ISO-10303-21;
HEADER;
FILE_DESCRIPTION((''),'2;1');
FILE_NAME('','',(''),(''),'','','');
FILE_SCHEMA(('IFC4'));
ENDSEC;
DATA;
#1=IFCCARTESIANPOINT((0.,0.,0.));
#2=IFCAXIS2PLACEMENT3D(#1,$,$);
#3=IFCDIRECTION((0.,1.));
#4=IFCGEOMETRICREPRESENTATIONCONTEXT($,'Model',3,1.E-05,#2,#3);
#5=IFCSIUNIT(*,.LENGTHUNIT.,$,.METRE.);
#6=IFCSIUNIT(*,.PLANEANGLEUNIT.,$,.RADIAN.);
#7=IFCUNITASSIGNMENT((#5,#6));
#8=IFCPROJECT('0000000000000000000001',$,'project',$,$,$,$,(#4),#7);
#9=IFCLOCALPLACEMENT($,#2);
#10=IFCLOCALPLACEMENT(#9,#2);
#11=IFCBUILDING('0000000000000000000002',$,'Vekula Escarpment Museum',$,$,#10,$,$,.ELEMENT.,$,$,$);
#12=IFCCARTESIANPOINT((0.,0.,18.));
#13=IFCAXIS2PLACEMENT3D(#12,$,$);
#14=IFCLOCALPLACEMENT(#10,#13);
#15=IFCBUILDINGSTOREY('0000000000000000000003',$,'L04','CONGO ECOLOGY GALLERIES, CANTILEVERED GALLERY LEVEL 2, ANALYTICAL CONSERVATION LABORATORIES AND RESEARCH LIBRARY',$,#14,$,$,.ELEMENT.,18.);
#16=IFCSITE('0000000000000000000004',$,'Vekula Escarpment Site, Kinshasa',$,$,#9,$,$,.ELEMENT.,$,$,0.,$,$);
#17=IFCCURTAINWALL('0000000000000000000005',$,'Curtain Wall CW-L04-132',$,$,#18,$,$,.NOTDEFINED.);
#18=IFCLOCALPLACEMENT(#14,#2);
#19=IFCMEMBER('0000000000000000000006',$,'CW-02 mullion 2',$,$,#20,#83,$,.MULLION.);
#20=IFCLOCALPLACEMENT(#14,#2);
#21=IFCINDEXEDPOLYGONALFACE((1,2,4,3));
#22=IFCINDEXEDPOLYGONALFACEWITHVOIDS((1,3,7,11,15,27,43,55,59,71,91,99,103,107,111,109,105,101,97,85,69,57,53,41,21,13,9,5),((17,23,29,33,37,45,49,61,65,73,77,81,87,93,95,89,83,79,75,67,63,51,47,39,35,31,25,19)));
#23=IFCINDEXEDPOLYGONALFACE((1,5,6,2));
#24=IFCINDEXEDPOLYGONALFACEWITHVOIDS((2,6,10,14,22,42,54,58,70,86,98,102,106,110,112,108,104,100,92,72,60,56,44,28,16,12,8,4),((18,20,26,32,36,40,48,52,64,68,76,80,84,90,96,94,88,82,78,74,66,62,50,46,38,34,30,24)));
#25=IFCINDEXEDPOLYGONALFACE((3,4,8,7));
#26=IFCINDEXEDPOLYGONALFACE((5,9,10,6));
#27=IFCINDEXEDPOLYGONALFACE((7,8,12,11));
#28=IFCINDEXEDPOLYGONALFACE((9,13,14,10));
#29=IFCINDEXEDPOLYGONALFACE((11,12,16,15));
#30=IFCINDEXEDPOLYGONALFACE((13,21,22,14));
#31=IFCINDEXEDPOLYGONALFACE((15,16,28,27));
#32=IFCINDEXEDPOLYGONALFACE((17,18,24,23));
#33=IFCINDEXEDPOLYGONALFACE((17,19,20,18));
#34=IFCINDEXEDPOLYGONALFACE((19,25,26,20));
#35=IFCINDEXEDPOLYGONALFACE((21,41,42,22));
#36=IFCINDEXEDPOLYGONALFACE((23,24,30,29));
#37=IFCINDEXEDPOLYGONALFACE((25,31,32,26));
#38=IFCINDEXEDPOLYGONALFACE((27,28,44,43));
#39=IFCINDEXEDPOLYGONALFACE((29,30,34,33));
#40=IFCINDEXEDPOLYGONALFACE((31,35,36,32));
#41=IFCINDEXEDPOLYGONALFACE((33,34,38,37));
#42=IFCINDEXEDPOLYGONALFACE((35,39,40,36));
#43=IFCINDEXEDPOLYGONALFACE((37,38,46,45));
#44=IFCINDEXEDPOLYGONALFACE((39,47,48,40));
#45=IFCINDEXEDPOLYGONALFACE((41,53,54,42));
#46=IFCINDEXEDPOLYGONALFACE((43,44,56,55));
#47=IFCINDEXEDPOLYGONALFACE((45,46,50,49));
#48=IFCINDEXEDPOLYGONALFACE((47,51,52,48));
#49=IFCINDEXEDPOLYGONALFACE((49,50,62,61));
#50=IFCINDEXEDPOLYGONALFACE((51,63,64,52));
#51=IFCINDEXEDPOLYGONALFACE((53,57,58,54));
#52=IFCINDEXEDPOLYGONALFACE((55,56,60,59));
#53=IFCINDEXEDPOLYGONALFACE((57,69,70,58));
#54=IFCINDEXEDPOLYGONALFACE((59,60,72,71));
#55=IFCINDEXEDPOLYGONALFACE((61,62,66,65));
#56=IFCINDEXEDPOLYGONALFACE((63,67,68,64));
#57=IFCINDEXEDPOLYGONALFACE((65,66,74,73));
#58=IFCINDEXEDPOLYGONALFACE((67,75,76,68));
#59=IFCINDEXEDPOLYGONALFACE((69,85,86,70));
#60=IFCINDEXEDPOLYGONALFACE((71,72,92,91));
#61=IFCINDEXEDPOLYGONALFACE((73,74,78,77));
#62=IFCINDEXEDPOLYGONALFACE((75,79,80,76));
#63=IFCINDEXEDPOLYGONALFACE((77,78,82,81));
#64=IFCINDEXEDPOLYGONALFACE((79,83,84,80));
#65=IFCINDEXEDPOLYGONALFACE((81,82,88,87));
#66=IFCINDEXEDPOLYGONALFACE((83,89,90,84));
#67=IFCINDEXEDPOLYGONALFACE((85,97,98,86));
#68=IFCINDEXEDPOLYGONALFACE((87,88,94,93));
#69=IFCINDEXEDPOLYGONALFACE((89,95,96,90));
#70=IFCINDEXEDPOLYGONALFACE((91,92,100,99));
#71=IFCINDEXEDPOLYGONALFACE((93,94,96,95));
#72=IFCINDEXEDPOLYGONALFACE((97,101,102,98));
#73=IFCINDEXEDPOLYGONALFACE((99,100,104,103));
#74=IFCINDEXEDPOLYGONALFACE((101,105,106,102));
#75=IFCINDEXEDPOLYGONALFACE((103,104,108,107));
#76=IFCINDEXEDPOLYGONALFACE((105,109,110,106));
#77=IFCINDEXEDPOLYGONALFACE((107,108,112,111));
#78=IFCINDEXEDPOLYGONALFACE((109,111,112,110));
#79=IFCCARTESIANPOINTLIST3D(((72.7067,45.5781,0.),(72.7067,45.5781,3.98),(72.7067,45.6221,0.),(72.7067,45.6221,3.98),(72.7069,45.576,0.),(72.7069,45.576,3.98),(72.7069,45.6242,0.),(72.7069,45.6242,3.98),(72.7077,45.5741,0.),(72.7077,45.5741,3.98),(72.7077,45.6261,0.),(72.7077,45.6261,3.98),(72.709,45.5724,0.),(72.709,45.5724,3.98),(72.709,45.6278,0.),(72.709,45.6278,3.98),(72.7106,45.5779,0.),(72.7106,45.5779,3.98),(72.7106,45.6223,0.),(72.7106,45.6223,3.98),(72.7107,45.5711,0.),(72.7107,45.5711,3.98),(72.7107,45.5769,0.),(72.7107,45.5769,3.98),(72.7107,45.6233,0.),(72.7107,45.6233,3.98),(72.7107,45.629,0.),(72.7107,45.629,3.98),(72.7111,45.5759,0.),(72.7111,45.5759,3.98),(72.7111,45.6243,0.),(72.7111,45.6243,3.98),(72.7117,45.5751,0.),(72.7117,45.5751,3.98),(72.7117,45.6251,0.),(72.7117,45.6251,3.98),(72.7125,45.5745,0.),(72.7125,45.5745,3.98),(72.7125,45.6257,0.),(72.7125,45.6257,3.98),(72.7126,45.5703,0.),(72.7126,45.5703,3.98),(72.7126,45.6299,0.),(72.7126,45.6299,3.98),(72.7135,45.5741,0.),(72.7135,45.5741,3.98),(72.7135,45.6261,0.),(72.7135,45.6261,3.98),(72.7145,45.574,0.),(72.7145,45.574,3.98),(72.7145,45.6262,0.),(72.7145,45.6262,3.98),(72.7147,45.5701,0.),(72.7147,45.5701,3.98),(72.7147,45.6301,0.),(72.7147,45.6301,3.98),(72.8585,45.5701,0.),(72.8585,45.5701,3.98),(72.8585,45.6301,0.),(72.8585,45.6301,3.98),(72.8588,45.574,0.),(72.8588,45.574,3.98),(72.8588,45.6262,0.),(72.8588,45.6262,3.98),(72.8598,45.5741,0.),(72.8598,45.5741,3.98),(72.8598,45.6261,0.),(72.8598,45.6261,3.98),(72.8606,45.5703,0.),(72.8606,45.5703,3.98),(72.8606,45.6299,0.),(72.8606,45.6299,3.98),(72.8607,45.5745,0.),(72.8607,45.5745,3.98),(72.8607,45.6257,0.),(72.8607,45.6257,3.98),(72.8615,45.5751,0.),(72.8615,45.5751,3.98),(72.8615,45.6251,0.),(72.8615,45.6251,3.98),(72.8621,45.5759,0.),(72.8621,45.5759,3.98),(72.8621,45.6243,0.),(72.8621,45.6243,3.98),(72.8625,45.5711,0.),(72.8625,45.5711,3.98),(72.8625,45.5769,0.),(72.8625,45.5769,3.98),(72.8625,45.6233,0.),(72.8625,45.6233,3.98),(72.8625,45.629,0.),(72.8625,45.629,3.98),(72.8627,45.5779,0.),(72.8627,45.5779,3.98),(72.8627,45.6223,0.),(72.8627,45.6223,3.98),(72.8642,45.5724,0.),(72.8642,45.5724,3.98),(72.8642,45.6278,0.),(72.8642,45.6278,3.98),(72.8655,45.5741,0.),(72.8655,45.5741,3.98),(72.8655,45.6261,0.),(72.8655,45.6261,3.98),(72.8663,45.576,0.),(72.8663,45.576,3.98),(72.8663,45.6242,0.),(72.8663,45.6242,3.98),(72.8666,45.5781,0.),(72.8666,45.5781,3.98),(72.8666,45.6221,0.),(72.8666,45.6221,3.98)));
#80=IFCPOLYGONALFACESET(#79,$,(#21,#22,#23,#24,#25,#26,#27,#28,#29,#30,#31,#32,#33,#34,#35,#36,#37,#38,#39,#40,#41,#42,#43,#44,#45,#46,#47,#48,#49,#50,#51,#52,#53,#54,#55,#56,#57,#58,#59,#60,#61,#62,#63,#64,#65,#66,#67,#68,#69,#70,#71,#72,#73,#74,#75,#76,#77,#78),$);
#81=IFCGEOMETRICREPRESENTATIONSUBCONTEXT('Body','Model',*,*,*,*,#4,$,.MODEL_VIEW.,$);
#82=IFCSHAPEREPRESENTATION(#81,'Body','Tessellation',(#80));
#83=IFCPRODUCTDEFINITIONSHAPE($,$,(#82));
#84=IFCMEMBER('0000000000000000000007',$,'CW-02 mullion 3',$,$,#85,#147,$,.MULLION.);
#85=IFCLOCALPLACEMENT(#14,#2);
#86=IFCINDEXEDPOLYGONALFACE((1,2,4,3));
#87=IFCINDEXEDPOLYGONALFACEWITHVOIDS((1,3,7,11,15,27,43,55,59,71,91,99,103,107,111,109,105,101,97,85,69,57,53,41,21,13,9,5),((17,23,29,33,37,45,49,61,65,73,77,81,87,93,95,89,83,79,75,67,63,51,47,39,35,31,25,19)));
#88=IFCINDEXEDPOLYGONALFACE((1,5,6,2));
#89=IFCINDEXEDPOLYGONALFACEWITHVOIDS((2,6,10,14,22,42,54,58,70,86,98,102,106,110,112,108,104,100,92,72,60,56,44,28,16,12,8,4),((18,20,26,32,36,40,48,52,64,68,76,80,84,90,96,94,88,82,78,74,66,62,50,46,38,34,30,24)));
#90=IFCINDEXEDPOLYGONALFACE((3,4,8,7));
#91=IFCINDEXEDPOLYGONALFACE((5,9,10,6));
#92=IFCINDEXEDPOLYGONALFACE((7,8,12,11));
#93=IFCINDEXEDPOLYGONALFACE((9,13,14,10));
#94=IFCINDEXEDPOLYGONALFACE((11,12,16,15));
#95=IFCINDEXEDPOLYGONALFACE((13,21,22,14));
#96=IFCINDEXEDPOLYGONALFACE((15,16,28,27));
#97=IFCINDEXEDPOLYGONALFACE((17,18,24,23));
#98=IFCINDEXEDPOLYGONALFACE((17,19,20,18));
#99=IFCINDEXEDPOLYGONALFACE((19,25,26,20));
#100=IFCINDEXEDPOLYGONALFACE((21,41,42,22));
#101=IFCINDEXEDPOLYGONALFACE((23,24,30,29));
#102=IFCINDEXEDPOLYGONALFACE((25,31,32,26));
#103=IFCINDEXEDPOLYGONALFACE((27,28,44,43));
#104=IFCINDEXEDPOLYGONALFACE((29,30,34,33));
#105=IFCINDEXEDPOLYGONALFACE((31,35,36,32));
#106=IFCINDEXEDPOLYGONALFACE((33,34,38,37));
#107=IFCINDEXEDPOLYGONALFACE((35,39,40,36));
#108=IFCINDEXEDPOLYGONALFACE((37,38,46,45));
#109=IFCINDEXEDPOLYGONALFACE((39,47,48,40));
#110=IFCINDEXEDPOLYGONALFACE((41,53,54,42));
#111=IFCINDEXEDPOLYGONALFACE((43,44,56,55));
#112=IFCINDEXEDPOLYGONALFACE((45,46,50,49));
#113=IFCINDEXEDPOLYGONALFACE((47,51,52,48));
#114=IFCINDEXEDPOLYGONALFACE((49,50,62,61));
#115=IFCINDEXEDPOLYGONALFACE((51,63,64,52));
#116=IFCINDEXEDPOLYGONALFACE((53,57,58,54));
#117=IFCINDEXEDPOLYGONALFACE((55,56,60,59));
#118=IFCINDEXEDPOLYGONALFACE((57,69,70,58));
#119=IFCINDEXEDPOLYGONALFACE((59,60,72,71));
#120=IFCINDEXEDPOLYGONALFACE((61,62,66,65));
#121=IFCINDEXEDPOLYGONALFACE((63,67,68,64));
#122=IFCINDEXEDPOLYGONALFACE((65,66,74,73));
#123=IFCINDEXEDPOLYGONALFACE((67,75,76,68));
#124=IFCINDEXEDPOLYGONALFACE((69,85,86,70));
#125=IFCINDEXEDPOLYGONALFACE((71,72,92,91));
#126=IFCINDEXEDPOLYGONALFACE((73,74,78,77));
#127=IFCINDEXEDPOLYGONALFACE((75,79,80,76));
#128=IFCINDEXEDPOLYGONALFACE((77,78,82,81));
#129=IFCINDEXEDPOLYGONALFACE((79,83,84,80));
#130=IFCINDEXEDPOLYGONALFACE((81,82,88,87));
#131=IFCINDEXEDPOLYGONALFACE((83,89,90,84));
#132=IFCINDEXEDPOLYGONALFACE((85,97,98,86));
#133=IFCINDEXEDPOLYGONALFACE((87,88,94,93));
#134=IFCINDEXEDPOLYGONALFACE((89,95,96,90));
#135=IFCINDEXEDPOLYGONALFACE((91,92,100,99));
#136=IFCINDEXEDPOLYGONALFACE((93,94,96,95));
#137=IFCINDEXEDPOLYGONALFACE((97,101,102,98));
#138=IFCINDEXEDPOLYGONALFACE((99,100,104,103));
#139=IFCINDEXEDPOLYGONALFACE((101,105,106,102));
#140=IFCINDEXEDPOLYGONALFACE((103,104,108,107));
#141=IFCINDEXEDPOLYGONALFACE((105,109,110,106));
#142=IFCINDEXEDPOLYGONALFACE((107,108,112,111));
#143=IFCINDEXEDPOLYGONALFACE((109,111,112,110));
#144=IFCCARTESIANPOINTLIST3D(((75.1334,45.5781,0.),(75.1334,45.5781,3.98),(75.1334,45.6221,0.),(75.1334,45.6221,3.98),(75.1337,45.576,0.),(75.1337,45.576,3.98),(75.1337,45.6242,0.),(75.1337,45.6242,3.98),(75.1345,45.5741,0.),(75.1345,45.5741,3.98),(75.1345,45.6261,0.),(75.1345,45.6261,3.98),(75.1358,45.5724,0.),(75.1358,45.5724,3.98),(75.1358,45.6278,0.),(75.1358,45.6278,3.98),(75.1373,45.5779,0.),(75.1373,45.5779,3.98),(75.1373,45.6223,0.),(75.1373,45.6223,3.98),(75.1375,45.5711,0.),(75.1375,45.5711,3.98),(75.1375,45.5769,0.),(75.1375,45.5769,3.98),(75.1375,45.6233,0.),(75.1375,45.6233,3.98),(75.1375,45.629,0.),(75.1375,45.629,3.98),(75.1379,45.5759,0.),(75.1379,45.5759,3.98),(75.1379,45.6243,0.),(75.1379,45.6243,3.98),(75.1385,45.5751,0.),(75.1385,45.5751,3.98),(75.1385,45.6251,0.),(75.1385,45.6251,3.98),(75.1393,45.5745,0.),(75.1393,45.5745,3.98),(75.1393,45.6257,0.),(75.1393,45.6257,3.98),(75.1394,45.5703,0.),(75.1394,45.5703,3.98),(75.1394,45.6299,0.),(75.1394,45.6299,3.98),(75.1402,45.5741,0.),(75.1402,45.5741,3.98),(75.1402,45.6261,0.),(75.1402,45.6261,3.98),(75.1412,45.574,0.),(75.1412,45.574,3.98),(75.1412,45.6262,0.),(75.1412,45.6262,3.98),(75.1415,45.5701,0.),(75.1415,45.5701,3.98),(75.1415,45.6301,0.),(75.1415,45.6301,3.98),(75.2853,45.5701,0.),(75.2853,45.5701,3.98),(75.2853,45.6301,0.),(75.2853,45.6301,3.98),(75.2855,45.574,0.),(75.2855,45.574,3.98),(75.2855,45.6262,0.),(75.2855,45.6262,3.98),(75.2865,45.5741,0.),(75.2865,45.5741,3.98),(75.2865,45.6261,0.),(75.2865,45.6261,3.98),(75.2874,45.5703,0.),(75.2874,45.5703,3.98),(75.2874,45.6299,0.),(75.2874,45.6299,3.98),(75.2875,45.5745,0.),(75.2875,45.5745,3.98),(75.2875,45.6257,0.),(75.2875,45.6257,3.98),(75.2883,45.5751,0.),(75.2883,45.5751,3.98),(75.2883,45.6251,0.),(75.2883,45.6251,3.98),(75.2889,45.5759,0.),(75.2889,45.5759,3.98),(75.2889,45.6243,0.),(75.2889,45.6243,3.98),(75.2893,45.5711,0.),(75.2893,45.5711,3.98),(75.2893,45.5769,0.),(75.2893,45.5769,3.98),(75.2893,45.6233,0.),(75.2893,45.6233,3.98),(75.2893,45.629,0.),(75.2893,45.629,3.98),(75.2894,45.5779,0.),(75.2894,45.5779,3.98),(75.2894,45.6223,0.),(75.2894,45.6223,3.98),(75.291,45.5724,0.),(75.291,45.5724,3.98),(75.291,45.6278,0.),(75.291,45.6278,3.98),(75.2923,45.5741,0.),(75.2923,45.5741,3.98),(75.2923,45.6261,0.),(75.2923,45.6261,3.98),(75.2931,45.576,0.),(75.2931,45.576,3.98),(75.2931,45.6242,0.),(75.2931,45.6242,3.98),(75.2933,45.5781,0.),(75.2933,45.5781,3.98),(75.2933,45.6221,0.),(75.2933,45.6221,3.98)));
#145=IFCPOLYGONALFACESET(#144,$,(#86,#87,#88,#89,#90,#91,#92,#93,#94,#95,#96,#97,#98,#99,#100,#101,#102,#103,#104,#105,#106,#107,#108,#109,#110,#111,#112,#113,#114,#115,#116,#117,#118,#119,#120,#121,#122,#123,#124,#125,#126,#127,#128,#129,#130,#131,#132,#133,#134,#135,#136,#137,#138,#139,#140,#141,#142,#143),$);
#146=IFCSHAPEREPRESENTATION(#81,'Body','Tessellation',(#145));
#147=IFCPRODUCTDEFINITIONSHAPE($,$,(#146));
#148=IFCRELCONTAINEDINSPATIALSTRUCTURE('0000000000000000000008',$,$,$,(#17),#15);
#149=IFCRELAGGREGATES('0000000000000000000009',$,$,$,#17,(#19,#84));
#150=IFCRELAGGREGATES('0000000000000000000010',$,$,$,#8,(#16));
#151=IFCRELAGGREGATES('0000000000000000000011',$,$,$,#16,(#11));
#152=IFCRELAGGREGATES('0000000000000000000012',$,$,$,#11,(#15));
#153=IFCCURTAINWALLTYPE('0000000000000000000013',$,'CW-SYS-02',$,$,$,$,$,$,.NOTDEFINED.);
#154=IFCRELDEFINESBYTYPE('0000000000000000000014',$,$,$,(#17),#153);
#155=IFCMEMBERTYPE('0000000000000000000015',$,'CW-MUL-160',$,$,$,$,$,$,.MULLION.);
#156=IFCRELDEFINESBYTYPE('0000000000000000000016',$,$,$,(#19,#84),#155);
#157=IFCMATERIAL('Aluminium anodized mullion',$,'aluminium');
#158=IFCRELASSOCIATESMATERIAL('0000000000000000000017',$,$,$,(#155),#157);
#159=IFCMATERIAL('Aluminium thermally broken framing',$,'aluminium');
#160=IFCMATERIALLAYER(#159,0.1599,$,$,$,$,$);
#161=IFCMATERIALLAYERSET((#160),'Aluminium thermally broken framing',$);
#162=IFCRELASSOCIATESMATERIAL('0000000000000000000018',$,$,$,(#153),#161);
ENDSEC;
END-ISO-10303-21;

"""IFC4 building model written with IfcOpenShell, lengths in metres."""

from ifc_helpers import new_model, si_unit, direction, frame, origin, origin_2d, place, context, subcontext, project, spatial, hollow_rectangle, extrude, material, layer, layer_set, material_profile, profile_set, type_object, element, aggregate, save


model = new_model("IFC4")

# Units and contexts
model_context = context("Model", 3, precision=1e-05, world=origin(), true_north=direction((0.0, 1.0)))
body_context = subcontext(model_context, "Body", "Model", "MODEL_VIEW")
ifc_project = project(units=[si_unit("LENGTHUNIT", "METRE"), si_unit("PLANEANGLEUNIT", "RADIAN")], contexts=[model_context])

# Site, building, storey
site_placement = place(None, origin())
site = spatial("IfcSite", under=ifc_project, at=site_placement, Name="Vekula Escarpment Site, Kinshasa", CompositionType="ELEMENT", RefElevation=0.0)
building_placement = place(site_placement, origin())
building = spatial("IfcBuilding", under=site, at=building_placement, Name="Vekula Escarpment Museum", CompositionType="ELEMENT")
storey_placement = place(building_placement, frame((0.0, 0.0, 18.0)))
storey = spatial("IfcBuildingStorey", under=building, at=storey_placement, Name="L04", Description="CONGO ECOLOGY GALLERIES, CANTILEVERED GALLERY LEVEL 2, ANALYTICAL CONSERVATION LABORATORIES AND RESEARCH LIBRARY", CompositionType="ELEMENT", Elevation=18.0)

# Shared definitions
ifc_material_1 = material(Name="Aluminium anodized mullion", Category="aluminium")
ifc_material_profile_1 = material_profile(ifc_material_1, hollow_rectangle(XDim=0.0601, YDim=0.1599, WallThickness=0.0039, InnerFilletRadius=0.0039, OuterFilletRadius=0.0081, at=origin_2d()), Name="ALU 160x60x4")
ifc_profile_set_1 = profile_set([ifc_material_profile_1], Name="Aluminium anodized mullion")
member_type_1 = type_object("IfcMemberType", Name="CW-MUL-160", PredefinedType="MULLION", material=ifc_profile_set_1)

# Curtain wall, members
ifc_material_2 = material(Name="Aluminium thermally broken framing", Category="aluminium")
ifc_layer_1 = layer(ifc_material_2, 0.1599)
ifc_layer_set_1 = layer_set([ifc_layer_1], Name="Aluminium thermally broken framing")
curtain_wall_type_1 = type_object("IfcCurtainWallType", Name="CW-SYS-02", PredefinedType="NOTDEFINED", material=ifc_layer_set_1)
curtain_wall_1_placement = place(storey_placement, origin())
curtain_wall_1 = element("IfcCurtainWall", 1, at=curtain_wall_1_placement, inside=storey, type_object=curtain_wall_type_1, Name="Curtain Wall CW-L04-132", PredefinedType="NOTDEFINED")
member_1_placement = place(storey_placement, frame((72.7866, 45.6001, 0.0), z_axis=(0.0, 0.0, 1.0), x_axis=(0.0, 1.0, 0.0)))
member_1 = element("IfcMember", 2, at=member_1_placement, type_object=member_type_1, Name="CW-02 mullion 2", PredefinedType="MULLION", context=body_context, shape_type="SweptSolid", body=[
    extrude(hollow_rectangle(XDim=0.0601, YDim=0.1599, WallThickness=0.0039, InnerFilletRadius=0.0039, OuterFilletRadius=0.0081, at=origin_2d()), origin(), (0.0, 0.0, 1.0), 3.98),
])
member_2_placement = place(storey_placement, frame((75.2134, 45.6001, 0.0), z_axis=(0.0, 0.0, 1.0), x_axis=(0.0, 1.0, 0.0)))
member_2 = element("IfcMember", 3, at=member_2_placement, type_object=member_type_1, Name="CW-02 mullion 3", PredefinedType="MULLION", context=body_context, shape_type="SweptSolid", body=[
    extrude(hollow_rectangle(XDim=0.0601, YDim=0.1599, WallThickness=0.0039, InnerFilletRadius=0.0039, OuterFilletRadius=0.0081, at=origin_2d()), origin(), (0.0, 0.0, 1.0), 3.98),
])

aggregate(curtain_wall_1, [member_1, member_2])

save(model, "model.ifc")
